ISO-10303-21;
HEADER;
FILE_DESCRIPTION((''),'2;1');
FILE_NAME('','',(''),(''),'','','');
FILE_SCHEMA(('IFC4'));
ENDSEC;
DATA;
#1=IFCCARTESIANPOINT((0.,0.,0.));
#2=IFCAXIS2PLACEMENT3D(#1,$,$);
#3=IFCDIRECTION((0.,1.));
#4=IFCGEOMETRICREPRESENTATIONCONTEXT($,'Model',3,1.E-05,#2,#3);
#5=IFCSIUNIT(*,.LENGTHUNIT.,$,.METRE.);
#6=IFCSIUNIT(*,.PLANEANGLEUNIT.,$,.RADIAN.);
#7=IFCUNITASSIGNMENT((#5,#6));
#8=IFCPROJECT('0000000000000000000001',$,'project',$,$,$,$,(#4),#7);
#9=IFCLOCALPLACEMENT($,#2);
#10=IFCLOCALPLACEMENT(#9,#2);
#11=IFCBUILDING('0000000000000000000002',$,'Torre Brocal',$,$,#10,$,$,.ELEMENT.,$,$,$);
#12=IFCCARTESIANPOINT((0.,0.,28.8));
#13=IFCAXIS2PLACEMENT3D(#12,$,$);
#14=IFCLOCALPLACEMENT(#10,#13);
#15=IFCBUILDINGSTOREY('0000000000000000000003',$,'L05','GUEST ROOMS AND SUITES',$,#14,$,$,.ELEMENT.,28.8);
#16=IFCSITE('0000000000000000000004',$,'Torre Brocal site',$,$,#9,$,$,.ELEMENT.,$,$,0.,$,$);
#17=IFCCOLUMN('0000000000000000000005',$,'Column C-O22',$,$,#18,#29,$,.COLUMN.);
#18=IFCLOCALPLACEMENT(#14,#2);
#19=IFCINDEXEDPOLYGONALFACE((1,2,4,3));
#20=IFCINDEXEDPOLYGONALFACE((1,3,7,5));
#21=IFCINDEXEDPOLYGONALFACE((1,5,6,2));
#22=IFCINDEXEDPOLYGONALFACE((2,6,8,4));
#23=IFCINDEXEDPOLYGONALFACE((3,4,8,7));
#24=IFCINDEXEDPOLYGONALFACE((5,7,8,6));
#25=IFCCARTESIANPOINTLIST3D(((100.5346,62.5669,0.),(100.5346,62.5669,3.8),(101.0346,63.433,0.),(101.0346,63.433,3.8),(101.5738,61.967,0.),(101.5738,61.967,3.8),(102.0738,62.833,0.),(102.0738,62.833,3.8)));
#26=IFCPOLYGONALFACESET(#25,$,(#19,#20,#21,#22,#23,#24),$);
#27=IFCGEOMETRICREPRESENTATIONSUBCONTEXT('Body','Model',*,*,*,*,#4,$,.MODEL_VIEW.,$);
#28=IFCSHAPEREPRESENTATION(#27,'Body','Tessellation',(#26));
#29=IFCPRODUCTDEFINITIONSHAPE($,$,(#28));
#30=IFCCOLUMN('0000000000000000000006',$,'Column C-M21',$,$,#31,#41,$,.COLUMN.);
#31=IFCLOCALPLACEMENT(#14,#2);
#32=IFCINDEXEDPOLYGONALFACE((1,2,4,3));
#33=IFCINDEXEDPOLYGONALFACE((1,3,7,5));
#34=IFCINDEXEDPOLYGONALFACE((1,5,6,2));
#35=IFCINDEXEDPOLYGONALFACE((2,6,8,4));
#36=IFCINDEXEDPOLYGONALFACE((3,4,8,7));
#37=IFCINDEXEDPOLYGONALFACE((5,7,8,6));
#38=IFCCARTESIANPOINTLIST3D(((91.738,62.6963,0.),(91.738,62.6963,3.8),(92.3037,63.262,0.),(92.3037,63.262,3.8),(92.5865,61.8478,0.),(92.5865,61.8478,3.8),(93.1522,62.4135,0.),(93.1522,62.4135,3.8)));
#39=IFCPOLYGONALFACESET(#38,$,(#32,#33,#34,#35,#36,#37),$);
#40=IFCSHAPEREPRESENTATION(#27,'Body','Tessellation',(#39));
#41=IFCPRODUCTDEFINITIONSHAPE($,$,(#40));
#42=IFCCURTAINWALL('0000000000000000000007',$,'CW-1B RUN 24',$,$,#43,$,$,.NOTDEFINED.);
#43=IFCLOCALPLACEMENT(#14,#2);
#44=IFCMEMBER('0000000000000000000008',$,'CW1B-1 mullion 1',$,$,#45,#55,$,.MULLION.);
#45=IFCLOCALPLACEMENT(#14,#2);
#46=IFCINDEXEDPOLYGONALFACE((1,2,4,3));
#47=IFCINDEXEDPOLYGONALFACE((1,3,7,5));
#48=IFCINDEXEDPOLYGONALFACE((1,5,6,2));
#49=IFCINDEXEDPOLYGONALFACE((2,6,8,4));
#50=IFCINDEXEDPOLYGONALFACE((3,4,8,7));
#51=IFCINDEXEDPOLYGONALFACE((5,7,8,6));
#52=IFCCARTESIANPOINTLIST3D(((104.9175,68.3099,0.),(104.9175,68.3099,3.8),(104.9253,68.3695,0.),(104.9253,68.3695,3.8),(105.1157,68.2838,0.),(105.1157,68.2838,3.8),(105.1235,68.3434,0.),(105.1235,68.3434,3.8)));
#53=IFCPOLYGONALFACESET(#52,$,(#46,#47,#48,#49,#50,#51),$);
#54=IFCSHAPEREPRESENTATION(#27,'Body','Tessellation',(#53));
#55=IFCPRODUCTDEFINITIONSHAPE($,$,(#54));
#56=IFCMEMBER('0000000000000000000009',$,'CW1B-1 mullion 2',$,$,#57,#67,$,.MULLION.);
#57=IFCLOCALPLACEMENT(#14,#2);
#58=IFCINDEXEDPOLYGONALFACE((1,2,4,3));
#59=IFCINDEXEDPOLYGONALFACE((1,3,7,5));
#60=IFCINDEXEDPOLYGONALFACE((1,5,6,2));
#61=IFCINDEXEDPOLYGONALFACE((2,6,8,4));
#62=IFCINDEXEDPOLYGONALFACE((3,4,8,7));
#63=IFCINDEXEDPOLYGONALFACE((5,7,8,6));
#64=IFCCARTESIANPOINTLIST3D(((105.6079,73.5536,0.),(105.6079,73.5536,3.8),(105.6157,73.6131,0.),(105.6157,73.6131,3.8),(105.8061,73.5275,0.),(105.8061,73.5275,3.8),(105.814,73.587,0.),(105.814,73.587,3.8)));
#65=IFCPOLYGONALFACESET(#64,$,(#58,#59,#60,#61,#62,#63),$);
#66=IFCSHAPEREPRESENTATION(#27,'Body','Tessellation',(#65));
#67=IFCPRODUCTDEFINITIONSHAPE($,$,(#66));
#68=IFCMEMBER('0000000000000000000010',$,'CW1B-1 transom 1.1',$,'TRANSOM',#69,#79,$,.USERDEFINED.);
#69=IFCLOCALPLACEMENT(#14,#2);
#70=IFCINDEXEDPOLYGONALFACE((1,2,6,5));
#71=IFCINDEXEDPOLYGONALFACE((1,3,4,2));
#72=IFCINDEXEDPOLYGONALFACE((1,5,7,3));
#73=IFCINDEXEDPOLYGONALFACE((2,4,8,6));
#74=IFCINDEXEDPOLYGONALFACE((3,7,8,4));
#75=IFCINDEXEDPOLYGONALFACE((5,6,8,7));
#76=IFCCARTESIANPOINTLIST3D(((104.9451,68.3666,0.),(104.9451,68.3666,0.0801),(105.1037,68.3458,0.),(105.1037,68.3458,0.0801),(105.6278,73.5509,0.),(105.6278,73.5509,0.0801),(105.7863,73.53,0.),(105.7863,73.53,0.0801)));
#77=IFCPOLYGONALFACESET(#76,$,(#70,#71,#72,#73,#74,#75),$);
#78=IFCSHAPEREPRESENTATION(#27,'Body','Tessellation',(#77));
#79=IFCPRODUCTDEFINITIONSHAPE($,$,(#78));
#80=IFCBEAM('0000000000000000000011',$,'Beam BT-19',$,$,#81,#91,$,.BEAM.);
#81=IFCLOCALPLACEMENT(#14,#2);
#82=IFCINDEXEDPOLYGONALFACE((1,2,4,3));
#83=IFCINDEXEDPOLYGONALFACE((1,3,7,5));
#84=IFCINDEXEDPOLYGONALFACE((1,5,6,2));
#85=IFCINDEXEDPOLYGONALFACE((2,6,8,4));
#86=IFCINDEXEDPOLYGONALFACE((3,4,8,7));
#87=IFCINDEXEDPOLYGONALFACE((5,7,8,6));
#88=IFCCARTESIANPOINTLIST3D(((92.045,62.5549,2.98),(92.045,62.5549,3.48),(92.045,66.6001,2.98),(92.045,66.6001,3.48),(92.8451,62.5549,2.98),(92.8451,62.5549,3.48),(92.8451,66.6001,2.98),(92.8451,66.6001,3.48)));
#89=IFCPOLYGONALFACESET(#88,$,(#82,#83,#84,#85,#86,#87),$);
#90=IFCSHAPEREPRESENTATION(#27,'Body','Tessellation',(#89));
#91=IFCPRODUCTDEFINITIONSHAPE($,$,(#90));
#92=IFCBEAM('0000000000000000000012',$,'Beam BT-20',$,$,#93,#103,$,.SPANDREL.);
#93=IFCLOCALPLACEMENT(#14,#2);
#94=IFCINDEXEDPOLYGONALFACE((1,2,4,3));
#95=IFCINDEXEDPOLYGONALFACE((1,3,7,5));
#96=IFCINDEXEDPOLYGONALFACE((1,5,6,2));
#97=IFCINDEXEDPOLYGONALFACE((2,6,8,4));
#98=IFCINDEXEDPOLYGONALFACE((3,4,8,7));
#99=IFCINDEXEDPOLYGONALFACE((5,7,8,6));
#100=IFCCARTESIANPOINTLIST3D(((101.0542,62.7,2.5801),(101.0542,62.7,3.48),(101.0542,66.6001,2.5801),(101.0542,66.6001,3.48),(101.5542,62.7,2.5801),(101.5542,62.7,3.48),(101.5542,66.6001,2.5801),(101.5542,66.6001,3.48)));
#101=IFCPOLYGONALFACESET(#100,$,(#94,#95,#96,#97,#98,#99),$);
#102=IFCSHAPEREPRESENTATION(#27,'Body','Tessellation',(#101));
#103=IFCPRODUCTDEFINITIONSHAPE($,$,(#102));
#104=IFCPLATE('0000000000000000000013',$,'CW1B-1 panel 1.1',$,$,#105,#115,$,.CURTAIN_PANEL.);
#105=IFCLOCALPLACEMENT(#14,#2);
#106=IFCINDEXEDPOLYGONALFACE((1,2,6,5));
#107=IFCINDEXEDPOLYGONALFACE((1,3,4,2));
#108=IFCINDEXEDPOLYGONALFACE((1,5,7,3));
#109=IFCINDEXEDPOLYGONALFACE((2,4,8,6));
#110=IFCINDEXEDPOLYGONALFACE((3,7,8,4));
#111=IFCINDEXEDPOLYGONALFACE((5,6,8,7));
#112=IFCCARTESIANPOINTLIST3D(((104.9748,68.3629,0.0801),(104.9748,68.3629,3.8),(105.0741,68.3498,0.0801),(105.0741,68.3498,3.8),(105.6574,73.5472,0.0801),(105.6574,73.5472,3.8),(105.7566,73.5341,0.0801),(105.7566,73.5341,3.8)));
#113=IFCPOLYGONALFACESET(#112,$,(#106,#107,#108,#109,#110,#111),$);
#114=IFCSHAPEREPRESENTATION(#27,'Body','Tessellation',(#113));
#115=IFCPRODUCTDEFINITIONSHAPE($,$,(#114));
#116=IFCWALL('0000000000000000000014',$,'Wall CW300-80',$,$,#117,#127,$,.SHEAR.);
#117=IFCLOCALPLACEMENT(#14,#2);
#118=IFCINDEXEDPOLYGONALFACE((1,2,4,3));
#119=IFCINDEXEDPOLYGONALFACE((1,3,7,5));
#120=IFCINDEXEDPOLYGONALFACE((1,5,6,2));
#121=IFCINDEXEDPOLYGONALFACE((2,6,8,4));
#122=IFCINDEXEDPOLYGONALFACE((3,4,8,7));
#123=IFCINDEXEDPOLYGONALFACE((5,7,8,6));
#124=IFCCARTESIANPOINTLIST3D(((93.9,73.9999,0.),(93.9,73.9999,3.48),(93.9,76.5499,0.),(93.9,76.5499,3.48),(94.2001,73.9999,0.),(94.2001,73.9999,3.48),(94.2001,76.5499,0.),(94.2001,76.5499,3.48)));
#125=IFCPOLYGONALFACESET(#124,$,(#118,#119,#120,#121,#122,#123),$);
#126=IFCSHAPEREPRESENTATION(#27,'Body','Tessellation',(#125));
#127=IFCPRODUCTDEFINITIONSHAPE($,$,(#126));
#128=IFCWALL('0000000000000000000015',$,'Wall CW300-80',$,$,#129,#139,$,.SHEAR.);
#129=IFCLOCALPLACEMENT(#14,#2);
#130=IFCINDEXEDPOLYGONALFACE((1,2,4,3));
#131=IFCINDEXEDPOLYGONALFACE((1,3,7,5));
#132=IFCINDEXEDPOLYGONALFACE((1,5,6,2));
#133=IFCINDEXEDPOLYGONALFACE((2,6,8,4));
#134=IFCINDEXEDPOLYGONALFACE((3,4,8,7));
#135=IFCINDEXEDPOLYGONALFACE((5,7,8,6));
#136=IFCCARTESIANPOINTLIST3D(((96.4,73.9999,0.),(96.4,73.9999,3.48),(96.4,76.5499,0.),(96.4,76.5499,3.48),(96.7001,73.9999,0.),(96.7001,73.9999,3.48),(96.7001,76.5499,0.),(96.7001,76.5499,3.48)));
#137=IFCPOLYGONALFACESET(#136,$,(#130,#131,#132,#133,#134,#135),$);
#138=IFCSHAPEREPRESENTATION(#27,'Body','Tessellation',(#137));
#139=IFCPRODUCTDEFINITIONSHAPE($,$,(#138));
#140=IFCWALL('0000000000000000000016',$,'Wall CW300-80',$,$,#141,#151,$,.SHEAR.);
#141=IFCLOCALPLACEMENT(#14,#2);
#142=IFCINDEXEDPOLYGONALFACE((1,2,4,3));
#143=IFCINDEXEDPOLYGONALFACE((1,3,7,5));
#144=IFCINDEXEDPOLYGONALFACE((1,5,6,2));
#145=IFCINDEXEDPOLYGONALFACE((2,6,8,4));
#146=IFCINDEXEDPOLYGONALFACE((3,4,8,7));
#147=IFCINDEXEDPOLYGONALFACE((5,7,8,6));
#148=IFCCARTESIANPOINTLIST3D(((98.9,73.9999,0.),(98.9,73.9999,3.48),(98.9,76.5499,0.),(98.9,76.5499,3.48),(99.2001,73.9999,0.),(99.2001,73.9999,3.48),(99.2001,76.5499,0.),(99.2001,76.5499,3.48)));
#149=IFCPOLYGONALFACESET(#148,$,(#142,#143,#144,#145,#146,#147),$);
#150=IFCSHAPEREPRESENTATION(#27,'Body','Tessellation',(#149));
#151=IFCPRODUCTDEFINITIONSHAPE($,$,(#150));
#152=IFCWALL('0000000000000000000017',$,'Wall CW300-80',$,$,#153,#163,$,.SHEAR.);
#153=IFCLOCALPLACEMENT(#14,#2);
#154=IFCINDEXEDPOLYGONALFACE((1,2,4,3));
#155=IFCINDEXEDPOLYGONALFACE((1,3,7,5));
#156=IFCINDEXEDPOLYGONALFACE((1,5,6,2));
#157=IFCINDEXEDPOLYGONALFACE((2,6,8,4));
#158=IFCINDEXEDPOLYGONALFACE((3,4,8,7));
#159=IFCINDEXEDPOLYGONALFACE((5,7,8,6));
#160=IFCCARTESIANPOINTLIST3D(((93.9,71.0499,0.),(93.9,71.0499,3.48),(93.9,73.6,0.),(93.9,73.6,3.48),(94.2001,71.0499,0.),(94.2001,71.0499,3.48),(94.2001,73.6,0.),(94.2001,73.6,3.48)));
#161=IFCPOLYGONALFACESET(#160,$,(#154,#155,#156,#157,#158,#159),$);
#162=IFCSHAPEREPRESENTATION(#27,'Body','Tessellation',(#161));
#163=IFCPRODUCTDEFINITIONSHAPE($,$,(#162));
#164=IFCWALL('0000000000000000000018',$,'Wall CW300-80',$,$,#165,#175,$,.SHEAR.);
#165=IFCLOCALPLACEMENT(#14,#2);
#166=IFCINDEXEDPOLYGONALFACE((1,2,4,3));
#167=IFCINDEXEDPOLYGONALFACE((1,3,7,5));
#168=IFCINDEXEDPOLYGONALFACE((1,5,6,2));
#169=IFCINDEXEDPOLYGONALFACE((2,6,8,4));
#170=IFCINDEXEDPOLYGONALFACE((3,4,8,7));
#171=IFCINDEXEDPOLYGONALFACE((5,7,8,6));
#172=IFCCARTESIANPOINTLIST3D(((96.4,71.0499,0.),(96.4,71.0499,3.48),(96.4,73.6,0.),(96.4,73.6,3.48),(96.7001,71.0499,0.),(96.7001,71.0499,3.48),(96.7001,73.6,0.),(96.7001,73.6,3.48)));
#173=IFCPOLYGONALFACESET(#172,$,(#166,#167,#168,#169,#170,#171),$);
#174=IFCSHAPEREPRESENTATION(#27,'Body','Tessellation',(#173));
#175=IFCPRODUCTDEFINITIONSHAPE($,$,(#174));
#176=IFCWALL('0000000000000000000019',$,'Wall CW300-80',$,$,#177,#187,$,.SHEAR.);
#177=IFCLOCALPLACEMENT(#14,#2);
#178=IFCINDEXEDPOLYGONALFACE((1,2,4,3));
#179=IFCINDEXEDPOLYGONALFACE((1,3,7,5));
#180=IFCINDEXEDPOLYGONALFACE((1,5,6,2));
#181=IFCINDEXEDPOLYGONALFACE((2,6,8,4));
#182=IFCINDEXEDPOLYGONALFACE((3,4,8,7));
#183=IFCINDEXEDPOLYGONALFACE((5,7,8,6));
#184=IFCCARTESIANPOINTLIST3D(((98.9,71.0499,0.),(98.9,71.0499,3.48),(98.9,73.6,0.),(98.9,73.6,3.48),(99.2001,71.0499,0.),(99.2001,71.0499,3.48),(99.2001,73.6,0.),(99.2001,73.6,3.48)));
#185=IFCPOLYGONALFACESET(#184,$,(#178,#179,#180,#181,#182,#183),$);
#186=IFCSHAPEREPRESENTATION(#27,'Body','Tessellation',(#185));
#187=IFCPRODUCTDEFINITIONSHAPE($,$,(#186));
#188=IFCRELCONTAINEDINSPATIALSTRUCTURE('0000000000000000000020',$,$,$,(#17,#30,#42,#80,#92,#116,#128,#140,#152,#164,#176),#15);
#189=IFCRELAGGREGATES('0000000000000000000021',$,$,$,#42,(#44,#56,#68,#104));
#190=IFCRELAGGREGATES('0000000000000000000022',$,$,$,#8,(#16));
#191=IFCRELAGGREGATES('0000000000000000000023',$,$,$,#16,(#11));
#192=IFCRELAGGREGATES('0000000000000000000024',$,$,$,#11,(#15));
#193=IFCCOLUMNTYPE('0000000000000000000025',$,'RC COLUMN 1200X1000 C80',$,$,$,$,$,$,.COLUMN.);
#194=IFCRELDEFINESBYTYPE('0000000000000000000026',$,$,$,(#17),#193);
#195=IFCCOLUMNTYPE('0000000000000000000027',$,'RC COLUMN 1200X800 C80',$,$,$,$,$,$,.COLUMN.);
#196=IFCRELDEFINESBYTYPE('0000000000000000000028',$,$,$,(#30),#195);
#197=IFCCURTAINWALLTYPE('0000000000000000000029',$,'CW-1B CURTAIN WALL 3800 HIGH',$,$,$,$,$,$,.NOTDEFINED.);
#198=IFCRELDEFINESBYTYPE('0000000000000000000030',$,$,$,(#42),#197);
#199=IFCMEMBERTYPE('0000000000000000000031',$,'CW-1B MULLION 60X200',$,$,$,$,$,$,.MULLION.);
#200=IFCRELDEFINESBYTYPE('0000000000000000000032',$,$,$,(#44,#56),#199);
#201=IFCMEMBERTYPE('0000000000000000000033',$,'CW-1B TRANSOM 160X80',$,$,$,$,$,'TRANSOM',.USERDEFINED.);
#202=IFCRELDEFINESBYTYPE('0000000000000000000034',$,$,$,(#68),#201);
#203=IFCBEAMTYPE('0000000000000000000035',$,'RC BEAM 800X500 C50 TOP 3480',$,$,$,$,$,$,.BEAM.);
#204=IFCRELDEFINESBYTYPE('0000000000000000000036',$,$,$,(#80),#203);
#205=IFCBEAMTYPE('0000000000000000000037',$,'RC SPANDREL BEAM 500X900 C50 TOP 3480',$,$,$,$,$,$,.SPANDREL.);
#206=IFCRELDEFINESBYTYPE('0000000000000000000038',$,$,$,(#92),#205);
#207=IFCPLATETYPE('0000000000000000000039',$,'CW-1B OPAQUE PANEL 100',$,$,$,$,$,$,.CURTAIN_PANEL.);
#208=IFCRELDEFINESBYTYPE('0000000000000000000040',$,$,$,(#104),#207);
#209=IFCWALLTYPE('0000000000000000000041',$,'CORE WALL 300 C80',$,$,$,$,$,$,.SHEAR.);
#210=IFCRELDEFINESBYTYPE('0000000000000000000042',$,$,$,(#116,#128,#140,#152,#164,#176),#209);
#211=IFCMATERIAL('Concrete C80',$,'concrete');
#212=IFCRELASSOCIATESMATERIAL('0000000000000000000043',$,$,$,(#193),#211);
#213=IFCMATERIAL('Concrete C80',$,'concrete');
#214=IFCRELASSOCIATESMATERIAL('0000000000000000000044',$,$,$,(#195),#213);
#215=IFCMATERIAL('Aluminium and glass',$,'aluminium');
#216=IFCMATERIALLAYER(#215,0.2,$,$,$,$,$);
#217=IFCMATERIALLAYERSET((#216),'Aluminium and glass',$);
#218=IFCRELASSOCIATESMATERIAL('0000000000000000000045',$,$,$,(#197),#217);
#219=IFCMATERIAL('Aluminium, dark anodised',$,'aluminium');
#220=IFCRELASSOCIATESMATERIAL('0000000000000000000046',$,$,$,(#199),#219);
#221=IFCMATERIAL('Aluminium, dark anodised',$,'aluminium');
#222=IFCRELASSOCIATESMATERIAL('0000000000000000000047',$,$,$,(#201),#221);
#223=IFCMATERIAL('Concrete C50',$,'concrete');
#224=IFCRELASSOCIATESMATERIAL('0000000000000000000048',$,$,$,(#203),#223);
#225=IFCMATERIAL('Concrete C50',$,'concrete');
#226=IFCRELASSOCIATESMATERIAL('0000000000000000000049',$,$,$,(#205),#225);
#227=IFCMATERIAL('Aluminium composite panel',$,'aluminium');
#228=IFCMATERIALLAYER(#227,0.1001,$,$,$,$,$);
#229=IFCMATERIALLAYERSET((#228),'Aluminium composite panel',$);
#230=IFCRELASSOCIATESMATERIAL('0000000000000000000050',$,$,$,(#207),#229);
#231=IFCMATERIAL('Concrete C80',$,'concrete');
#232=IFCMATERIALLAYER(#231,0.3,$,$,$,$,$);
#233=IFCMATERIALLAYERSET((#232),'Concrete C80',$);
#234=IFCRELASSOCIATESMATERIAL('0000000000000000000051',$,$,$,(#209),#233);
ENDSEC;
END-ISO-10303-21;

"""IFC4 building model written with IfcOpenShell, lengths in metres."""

from ifc_helpers import new_model, si_unit, direction, frame, frame_2d, origin, origin_2d, place, context, subcontext, project, spatial, rectangle, extrude, material, layer, layer_set, material_profile, profile_set, type_object, element, aggregate, save


model = new_model("IFC4")

# Units and contexts
model_context = context("Model", 3, precision=1e-05, world=origin(), true_north=direction((0.0, 1.0)))
body_context = subcontext(model_context, "Body", "Model", "MODEL_VIEW")
ifc_project = project(units=[si_unit("LENGTHUNIT", "METRE"), si_unit("PLANEANGLEUNIT", "RADIAN")], contexts=[model_context])

# Site, building, storey
site_placement = place(None, origin())
site = spatial("IfcSite", under=ifc_project, at=site_placement, Name="Torre Brocal site", CompositionType="ELEMENT", RefElevation=0.0)
building_placement = place(site_placement, origin())
building = spatial("IfcBuilding", under=site, at=building_placement, Name="Torre Brocal", CompositionType="ELEMENT")
storey_placement = place(building_placement, frame((0.0, 0.0, 28.8)))
storey = spatial("IfcBuildingStorey", under=building, at=storey_placement, Name="L05", Description="GUEST ROOMS AND SUITES", CompositionType="ELEMENT", Elevation=28.8)

# Columns
ifc_material_1 = material(Name="Concrete C80", Category="concrete")
ifc_material_profile_1 = material_profile(ifc_material_1, rectangle(XDim=1.2, YDim=1.0, at=origin_2d()), Name="RC 1200X1000")
ifc_profile_set_1 = profile_set([ifc_material_profile_1], Name="Concrete C80")
column_type_1 = type_object("IfcColumnType", Name="RC COLUMN 1200X1000 C80", PredefinedType="COLUMN", material=ifc_profile_set_1)
column_1_placement = place(storey_placement, frame((101.3042, 62.7, 0.0), z_axis=(0.0, 0.0, 1.0), x_axis=(0.866025, -0.5, 0.0)))
element("IfcColumn", 1, at=column_1_placement, inside=storey, type_object=column_type_1, Name="Column C-O22", PredefinedType="COLUMN", context=body_context, shape_type="SweptSolid", body=[
    extrude(rectangle(XDim=1.2, YDim=1.0, at=origin_2d()), origin(), (0.0, 0.0, 1.0), 3.8),
])
ifc_material_2 = material(Name="Concrete C80", Category="concrete")
ifc_material_profile_2 = material_profile(ifc_material_2, rectangle(XDim=1.2, YDim=0.8, at=origin_2d()), Name="RC 1200X800")
ifc_profile_set_2 = profile_set([ifc_material_profile_2], Name="Concrete C80")
column_type_2 = type_object("IfcColumnType", Name="RC COLUMN 1200X800 C80", PredefinedType="COLUMN", material=ifc_profile_set_2)
column_2_placement = place(storey_placement, frame((92.4451, 62.5549, 0.0), z_axis=(0.0, 0.0, 1.0), x_axis=(0.707107, -0.707107, 0.0)))
element("IfcColumn", 2, at=column_2_placement, inside=storey, type_object=column_type_2, Name="Column C-M21", PredefinedType="COLUMN", context=body_context, shape_type="SweptSolid", body=[
    extrude(rectangle(XDim=1.2, YDim=0.8, at=origin_2d()), origin(), (0.0, 0.0, 1.0), 3.8),
])

# Curtain wall, members
ifc_material_3 = material(Name="Aluminium and glass", Category="aluminium")
ifc_layer_1 = layer(ifc_material_3, 0.2)
ifc_layer_set_1 = layer_set([ifc_layer_1], Name="Aluminium and glass")
curtain_wall_type = type_object("IfcCurtainWallType", Name="CW-1B CURTAIN WALL 3800 HIGH", PredefinedType="NOTDEFINED", material=ifc_layer_set_1)
curtain_wall_placement = place(storey_placement, origin())
curtain_wall = element("IfcCurtainWall", 3, at=curtain_wall_placement, inside=storey, type_object=curtain_wall_type, Name="CW-1B RUN 24", PredefinedType="NOTDEFINED")
ifc_material_4 = material(Name="Aluminium, dark anodised", Category="aluminium")
ifc_material_profile_3 = material_profile(ifc_material_4, rectangle(XDim=0.2, YDim=0.0601, at=origin_2d()), Name="CW-1B MULLION 60X200")
ifc_profile_set_3 = profile_set([ifc_material_profile_3], Name="Aluminium, dark anodised")
member_type_1 = type_object("IfcMemberType", Name="CW-1B MULLION 60X200", PredefinedType="MULLION", material=ifc_profile_set_3)
member_1_placement = place(storey_placement, frame((105.0205, 68.3267, 0.0), z_axis=(0.0, 0.0, 1.0), x_axis=(-0.991445, 0.130526, 0.0)))
member_1 = element("IfcMember", 4, at=member_1_placement, type_object=member_type_1, Name="CW1B-1 mullion 1", PredefinedType="MULLION", context=body_context, shape_type="SweptSolid", body=[
    extrude(rectangle(XDim=0.2, YDim=0.0601, at=origin_2d()), origin(), (0.0, 0.0, 1.0), 3.8),
])
member_2_placement = place(storey_placement, frame((105.7109, 73.5703, 0.0), z_axis=(0.0, 0.0, 1.0), x_axis=(-0.991445, 0.130526, 0.0)))
member_2 = element("IfcMember", 5, at=member_2_placement, type_object=member_type_1, Name="CW1B-1 mullion 2", PredefinedType="MULLION", context=body_context, shape_type="SweptSolid", body=[
    extrude(rectangle(XDim=0.2, YDim=0.0601, at=origin_2d()), origin(), (0.0, 0.0, 1.0), 3.8),
])
ifc_material_5 = material(Name="Aluminium, dark anodised", Category="aluminium")
ifc_material_profile_4 = material_profile(ifc_material_5, rectangle(XDim=0.1599, YDim=0.0801, at=origin_2d()), Name="CW-1B TRANSOM 160X80")
ifc_profile_set_4 = profile_set([ifc_material_profile_4], Name="Aluminium, dark anodised")
member_type_2 = type_object("IfcMemberType", Name="CW-1B TRANSOM 160X80", ElementType="TRANSOM", PredefinedType="USERDEFINED", material=ifc_profile_set_4)
member_3_placement = place(storey_placement, frame((105.0244, 68.3562, 0.04), z_axis=(0.130543, 0.991443, 0.0), x_axis=(-0.991443, 0.130543, 0.0)))
member_3 = element("IfcMember", 6, at=member_3_placement, type_object=member_type_2, Name="CW1B-1 transom 1.1", ObjectType="TRANSOM", PredefinedType="USERDEFINED", context=body_context, shape_type="SweptSolid", body=[
    extrude(rectangle(XDim=0.1599, YDim=0.0801, at=origin_2d()), origin(), (0.0, 0.0, 1.0), 5.229),
])

# Beams
ifc_material_6 = material(Name="Concrete C50", Category="concrete")
ifc_material_profile_5 = material_profile(ifc_material_6, rectangle(XDim=0.8, YDim=0.5, at=origin_2d()), Name="RC 800X500")
ifc_profile_set_5 = profile_set([ifc_material_profile_5], Name="Concrete C50")
beam_type_1 = type_object("IfcBeamType", Name="RC BEAM 800X500 C50 TOP 3480", PredefinedType="BEAM", material=ifc_profile_set_5)
beam_1_placement = place(storey_placement, frame((92.4451, 62.5549, 3.23), z_axis=(0.0, 1.0, 0.0), x_axis=(-1.0, 0.0, 0.0)))
element("IfcBeam", 7, at=beam_1_placement, inside=storey, type_object=beam_type_1, Name="Beam BT-19", PredefinedType="BEAM", context=body_context, shape_type="SweptSolid", body=[
    extrude(rectangle(XDim=0.8, YDim=0.5, at=origin_2d()), origin(), (0.0, 0.0, 1.0), 4.0452),
])
ifc_material_7 = material(Name="Concrete C50", Category="concrete")
ifc_material_profile_6 = material_profile(ifc_material_7, rectangle(XDim=0.5, YDim=0.8999, at=origin_2d()), Name="RC 500X900")
ifc_profile_set_6 = profile_set([ifc_material_profile_6], Name="Concrete C50")
beam_type_2 = type_object("IfcBeamType", Name="RC SPANDREL BEAM 500X900 C50 TOP 3480", PredefinedType="SPANDREL", material=ifc_profile_set_6)
beam_2_placement = place(storey_placement, frame((101.3042, 62.7, 3.03), z_axis=(0.0, 1.0, 0.0), x_axis=(-1.0, 0.0, 0.0)))
element("IfcBeam", 8, at=beam_2_placement, inside=storey, type_object=beam_type_2, Name="Beam BT-20", PredefinedType="SPANDREL", context=body_context, shape_type="SweptSolid", body=[
    extrude(rectangle(XDim=0.5, YDim=0.8999, at=origin_2d()), origin(), (0.0, 0.0, 1.0), 3.9001),
])

# Plate
ifc_material_8 = material(Name="Aluminium composite panel", Category="aluminium")
ifc_layer_2 = layer(ifc_material_8, 0.1001)
ifc_layer_set_2 = layer_set([ifc_layer_2], Name="Aluminium composite panel")
plate_type = type_object("IfcPlateType", Name="CW-1B OPAQUE PANEL 100", PredefinedType="CURTAIN_PANEL", material=ifc_layer_set_2)
plate_placement = place(storey_placement, frame((105.3657, 70.9485, 0.0801), z_axis=(0.0, 0.0, 1.0), x_axis=(0.130526, 0.991445, 0.0)))
plate = element("IfcPlate", 9, at=plate_placement, type_object=plate_type, Name="CW1B-1 panel 1.1", PredefinedType="CURTAIN_PANEL", context=body_context, shape_type="SweptSolid", body=[
    extrude(rectangle(XDim=5.229, YDim=0.1001, at=origin_2d()), origin(), (0.0, 0.0, 1.0), 3.72),
])
aggregate(curtain_wall, [member_1, member_2, member_3, plate])

# Walls
ifc_material_9 = material(Name="Concrete C80", Category="concrete")
ifc_layer_3 = layer(ifc_material_9, 0.3)
ifc_layer_set_3 = layer_set([ifc_layer_3], Name="Concrete C80")
wall_type_1 = type_object("IfcWallType", Name="CORE WALL 300 C80", PredefinedType="SHEAR", material=ifc_layer_set_3)
for number, where, z_axis, x_axis, name in (
    (10, (94.05, 74.0, 0.0), (0.0, 0.0, 1.0), (0.0, 1.0, 0.0), "Wall CW300-80"),
    (11, (96.55, 74.0, 0.0), (0.0, 0.0, 1.0), (0.0, 1.0, 0.0), "Wall CW300-80"),
    (12, (99.05, 74.0, 0.0), (0.0, 0.0, 1.0), (0.0, 1.0, 0.0), "Wall CW300-80"),
    (13, (94.05, 71.05, 0.0), (0.0, 0.0, 1.0), (0.0, 1.0, 0.0), "Wall CW300-80"),
    (14, (96.55, 71.05, 0.0), (0.0, 0.0, 1.0), (0.0, 1.0, 0.0), "Wall CW300-80"),
    (15, (99.05, 71.05, 0.0), (0.0, 0.0, 1.0), (0.0, 1.0, 0.0), "Wall CW300-80"),
):
    element("IfcWall", number, at=place(storey_placement, frame(where, z_axis=z_axis, x_axis=x_axis)), inside=storey, type_object=wall_type_1, Name=name, PredefinedType="SHEAR", context=body_context, shape_type="SweptSolid", body=[
        extrude(rectangle(XDim=2.55, YDim=0.3, at=frame_2d((1.2749, 0.0))), origin(), (0.0, 0.0, 1.0), 3.48),
    ])

save(model, "model.ifc")
